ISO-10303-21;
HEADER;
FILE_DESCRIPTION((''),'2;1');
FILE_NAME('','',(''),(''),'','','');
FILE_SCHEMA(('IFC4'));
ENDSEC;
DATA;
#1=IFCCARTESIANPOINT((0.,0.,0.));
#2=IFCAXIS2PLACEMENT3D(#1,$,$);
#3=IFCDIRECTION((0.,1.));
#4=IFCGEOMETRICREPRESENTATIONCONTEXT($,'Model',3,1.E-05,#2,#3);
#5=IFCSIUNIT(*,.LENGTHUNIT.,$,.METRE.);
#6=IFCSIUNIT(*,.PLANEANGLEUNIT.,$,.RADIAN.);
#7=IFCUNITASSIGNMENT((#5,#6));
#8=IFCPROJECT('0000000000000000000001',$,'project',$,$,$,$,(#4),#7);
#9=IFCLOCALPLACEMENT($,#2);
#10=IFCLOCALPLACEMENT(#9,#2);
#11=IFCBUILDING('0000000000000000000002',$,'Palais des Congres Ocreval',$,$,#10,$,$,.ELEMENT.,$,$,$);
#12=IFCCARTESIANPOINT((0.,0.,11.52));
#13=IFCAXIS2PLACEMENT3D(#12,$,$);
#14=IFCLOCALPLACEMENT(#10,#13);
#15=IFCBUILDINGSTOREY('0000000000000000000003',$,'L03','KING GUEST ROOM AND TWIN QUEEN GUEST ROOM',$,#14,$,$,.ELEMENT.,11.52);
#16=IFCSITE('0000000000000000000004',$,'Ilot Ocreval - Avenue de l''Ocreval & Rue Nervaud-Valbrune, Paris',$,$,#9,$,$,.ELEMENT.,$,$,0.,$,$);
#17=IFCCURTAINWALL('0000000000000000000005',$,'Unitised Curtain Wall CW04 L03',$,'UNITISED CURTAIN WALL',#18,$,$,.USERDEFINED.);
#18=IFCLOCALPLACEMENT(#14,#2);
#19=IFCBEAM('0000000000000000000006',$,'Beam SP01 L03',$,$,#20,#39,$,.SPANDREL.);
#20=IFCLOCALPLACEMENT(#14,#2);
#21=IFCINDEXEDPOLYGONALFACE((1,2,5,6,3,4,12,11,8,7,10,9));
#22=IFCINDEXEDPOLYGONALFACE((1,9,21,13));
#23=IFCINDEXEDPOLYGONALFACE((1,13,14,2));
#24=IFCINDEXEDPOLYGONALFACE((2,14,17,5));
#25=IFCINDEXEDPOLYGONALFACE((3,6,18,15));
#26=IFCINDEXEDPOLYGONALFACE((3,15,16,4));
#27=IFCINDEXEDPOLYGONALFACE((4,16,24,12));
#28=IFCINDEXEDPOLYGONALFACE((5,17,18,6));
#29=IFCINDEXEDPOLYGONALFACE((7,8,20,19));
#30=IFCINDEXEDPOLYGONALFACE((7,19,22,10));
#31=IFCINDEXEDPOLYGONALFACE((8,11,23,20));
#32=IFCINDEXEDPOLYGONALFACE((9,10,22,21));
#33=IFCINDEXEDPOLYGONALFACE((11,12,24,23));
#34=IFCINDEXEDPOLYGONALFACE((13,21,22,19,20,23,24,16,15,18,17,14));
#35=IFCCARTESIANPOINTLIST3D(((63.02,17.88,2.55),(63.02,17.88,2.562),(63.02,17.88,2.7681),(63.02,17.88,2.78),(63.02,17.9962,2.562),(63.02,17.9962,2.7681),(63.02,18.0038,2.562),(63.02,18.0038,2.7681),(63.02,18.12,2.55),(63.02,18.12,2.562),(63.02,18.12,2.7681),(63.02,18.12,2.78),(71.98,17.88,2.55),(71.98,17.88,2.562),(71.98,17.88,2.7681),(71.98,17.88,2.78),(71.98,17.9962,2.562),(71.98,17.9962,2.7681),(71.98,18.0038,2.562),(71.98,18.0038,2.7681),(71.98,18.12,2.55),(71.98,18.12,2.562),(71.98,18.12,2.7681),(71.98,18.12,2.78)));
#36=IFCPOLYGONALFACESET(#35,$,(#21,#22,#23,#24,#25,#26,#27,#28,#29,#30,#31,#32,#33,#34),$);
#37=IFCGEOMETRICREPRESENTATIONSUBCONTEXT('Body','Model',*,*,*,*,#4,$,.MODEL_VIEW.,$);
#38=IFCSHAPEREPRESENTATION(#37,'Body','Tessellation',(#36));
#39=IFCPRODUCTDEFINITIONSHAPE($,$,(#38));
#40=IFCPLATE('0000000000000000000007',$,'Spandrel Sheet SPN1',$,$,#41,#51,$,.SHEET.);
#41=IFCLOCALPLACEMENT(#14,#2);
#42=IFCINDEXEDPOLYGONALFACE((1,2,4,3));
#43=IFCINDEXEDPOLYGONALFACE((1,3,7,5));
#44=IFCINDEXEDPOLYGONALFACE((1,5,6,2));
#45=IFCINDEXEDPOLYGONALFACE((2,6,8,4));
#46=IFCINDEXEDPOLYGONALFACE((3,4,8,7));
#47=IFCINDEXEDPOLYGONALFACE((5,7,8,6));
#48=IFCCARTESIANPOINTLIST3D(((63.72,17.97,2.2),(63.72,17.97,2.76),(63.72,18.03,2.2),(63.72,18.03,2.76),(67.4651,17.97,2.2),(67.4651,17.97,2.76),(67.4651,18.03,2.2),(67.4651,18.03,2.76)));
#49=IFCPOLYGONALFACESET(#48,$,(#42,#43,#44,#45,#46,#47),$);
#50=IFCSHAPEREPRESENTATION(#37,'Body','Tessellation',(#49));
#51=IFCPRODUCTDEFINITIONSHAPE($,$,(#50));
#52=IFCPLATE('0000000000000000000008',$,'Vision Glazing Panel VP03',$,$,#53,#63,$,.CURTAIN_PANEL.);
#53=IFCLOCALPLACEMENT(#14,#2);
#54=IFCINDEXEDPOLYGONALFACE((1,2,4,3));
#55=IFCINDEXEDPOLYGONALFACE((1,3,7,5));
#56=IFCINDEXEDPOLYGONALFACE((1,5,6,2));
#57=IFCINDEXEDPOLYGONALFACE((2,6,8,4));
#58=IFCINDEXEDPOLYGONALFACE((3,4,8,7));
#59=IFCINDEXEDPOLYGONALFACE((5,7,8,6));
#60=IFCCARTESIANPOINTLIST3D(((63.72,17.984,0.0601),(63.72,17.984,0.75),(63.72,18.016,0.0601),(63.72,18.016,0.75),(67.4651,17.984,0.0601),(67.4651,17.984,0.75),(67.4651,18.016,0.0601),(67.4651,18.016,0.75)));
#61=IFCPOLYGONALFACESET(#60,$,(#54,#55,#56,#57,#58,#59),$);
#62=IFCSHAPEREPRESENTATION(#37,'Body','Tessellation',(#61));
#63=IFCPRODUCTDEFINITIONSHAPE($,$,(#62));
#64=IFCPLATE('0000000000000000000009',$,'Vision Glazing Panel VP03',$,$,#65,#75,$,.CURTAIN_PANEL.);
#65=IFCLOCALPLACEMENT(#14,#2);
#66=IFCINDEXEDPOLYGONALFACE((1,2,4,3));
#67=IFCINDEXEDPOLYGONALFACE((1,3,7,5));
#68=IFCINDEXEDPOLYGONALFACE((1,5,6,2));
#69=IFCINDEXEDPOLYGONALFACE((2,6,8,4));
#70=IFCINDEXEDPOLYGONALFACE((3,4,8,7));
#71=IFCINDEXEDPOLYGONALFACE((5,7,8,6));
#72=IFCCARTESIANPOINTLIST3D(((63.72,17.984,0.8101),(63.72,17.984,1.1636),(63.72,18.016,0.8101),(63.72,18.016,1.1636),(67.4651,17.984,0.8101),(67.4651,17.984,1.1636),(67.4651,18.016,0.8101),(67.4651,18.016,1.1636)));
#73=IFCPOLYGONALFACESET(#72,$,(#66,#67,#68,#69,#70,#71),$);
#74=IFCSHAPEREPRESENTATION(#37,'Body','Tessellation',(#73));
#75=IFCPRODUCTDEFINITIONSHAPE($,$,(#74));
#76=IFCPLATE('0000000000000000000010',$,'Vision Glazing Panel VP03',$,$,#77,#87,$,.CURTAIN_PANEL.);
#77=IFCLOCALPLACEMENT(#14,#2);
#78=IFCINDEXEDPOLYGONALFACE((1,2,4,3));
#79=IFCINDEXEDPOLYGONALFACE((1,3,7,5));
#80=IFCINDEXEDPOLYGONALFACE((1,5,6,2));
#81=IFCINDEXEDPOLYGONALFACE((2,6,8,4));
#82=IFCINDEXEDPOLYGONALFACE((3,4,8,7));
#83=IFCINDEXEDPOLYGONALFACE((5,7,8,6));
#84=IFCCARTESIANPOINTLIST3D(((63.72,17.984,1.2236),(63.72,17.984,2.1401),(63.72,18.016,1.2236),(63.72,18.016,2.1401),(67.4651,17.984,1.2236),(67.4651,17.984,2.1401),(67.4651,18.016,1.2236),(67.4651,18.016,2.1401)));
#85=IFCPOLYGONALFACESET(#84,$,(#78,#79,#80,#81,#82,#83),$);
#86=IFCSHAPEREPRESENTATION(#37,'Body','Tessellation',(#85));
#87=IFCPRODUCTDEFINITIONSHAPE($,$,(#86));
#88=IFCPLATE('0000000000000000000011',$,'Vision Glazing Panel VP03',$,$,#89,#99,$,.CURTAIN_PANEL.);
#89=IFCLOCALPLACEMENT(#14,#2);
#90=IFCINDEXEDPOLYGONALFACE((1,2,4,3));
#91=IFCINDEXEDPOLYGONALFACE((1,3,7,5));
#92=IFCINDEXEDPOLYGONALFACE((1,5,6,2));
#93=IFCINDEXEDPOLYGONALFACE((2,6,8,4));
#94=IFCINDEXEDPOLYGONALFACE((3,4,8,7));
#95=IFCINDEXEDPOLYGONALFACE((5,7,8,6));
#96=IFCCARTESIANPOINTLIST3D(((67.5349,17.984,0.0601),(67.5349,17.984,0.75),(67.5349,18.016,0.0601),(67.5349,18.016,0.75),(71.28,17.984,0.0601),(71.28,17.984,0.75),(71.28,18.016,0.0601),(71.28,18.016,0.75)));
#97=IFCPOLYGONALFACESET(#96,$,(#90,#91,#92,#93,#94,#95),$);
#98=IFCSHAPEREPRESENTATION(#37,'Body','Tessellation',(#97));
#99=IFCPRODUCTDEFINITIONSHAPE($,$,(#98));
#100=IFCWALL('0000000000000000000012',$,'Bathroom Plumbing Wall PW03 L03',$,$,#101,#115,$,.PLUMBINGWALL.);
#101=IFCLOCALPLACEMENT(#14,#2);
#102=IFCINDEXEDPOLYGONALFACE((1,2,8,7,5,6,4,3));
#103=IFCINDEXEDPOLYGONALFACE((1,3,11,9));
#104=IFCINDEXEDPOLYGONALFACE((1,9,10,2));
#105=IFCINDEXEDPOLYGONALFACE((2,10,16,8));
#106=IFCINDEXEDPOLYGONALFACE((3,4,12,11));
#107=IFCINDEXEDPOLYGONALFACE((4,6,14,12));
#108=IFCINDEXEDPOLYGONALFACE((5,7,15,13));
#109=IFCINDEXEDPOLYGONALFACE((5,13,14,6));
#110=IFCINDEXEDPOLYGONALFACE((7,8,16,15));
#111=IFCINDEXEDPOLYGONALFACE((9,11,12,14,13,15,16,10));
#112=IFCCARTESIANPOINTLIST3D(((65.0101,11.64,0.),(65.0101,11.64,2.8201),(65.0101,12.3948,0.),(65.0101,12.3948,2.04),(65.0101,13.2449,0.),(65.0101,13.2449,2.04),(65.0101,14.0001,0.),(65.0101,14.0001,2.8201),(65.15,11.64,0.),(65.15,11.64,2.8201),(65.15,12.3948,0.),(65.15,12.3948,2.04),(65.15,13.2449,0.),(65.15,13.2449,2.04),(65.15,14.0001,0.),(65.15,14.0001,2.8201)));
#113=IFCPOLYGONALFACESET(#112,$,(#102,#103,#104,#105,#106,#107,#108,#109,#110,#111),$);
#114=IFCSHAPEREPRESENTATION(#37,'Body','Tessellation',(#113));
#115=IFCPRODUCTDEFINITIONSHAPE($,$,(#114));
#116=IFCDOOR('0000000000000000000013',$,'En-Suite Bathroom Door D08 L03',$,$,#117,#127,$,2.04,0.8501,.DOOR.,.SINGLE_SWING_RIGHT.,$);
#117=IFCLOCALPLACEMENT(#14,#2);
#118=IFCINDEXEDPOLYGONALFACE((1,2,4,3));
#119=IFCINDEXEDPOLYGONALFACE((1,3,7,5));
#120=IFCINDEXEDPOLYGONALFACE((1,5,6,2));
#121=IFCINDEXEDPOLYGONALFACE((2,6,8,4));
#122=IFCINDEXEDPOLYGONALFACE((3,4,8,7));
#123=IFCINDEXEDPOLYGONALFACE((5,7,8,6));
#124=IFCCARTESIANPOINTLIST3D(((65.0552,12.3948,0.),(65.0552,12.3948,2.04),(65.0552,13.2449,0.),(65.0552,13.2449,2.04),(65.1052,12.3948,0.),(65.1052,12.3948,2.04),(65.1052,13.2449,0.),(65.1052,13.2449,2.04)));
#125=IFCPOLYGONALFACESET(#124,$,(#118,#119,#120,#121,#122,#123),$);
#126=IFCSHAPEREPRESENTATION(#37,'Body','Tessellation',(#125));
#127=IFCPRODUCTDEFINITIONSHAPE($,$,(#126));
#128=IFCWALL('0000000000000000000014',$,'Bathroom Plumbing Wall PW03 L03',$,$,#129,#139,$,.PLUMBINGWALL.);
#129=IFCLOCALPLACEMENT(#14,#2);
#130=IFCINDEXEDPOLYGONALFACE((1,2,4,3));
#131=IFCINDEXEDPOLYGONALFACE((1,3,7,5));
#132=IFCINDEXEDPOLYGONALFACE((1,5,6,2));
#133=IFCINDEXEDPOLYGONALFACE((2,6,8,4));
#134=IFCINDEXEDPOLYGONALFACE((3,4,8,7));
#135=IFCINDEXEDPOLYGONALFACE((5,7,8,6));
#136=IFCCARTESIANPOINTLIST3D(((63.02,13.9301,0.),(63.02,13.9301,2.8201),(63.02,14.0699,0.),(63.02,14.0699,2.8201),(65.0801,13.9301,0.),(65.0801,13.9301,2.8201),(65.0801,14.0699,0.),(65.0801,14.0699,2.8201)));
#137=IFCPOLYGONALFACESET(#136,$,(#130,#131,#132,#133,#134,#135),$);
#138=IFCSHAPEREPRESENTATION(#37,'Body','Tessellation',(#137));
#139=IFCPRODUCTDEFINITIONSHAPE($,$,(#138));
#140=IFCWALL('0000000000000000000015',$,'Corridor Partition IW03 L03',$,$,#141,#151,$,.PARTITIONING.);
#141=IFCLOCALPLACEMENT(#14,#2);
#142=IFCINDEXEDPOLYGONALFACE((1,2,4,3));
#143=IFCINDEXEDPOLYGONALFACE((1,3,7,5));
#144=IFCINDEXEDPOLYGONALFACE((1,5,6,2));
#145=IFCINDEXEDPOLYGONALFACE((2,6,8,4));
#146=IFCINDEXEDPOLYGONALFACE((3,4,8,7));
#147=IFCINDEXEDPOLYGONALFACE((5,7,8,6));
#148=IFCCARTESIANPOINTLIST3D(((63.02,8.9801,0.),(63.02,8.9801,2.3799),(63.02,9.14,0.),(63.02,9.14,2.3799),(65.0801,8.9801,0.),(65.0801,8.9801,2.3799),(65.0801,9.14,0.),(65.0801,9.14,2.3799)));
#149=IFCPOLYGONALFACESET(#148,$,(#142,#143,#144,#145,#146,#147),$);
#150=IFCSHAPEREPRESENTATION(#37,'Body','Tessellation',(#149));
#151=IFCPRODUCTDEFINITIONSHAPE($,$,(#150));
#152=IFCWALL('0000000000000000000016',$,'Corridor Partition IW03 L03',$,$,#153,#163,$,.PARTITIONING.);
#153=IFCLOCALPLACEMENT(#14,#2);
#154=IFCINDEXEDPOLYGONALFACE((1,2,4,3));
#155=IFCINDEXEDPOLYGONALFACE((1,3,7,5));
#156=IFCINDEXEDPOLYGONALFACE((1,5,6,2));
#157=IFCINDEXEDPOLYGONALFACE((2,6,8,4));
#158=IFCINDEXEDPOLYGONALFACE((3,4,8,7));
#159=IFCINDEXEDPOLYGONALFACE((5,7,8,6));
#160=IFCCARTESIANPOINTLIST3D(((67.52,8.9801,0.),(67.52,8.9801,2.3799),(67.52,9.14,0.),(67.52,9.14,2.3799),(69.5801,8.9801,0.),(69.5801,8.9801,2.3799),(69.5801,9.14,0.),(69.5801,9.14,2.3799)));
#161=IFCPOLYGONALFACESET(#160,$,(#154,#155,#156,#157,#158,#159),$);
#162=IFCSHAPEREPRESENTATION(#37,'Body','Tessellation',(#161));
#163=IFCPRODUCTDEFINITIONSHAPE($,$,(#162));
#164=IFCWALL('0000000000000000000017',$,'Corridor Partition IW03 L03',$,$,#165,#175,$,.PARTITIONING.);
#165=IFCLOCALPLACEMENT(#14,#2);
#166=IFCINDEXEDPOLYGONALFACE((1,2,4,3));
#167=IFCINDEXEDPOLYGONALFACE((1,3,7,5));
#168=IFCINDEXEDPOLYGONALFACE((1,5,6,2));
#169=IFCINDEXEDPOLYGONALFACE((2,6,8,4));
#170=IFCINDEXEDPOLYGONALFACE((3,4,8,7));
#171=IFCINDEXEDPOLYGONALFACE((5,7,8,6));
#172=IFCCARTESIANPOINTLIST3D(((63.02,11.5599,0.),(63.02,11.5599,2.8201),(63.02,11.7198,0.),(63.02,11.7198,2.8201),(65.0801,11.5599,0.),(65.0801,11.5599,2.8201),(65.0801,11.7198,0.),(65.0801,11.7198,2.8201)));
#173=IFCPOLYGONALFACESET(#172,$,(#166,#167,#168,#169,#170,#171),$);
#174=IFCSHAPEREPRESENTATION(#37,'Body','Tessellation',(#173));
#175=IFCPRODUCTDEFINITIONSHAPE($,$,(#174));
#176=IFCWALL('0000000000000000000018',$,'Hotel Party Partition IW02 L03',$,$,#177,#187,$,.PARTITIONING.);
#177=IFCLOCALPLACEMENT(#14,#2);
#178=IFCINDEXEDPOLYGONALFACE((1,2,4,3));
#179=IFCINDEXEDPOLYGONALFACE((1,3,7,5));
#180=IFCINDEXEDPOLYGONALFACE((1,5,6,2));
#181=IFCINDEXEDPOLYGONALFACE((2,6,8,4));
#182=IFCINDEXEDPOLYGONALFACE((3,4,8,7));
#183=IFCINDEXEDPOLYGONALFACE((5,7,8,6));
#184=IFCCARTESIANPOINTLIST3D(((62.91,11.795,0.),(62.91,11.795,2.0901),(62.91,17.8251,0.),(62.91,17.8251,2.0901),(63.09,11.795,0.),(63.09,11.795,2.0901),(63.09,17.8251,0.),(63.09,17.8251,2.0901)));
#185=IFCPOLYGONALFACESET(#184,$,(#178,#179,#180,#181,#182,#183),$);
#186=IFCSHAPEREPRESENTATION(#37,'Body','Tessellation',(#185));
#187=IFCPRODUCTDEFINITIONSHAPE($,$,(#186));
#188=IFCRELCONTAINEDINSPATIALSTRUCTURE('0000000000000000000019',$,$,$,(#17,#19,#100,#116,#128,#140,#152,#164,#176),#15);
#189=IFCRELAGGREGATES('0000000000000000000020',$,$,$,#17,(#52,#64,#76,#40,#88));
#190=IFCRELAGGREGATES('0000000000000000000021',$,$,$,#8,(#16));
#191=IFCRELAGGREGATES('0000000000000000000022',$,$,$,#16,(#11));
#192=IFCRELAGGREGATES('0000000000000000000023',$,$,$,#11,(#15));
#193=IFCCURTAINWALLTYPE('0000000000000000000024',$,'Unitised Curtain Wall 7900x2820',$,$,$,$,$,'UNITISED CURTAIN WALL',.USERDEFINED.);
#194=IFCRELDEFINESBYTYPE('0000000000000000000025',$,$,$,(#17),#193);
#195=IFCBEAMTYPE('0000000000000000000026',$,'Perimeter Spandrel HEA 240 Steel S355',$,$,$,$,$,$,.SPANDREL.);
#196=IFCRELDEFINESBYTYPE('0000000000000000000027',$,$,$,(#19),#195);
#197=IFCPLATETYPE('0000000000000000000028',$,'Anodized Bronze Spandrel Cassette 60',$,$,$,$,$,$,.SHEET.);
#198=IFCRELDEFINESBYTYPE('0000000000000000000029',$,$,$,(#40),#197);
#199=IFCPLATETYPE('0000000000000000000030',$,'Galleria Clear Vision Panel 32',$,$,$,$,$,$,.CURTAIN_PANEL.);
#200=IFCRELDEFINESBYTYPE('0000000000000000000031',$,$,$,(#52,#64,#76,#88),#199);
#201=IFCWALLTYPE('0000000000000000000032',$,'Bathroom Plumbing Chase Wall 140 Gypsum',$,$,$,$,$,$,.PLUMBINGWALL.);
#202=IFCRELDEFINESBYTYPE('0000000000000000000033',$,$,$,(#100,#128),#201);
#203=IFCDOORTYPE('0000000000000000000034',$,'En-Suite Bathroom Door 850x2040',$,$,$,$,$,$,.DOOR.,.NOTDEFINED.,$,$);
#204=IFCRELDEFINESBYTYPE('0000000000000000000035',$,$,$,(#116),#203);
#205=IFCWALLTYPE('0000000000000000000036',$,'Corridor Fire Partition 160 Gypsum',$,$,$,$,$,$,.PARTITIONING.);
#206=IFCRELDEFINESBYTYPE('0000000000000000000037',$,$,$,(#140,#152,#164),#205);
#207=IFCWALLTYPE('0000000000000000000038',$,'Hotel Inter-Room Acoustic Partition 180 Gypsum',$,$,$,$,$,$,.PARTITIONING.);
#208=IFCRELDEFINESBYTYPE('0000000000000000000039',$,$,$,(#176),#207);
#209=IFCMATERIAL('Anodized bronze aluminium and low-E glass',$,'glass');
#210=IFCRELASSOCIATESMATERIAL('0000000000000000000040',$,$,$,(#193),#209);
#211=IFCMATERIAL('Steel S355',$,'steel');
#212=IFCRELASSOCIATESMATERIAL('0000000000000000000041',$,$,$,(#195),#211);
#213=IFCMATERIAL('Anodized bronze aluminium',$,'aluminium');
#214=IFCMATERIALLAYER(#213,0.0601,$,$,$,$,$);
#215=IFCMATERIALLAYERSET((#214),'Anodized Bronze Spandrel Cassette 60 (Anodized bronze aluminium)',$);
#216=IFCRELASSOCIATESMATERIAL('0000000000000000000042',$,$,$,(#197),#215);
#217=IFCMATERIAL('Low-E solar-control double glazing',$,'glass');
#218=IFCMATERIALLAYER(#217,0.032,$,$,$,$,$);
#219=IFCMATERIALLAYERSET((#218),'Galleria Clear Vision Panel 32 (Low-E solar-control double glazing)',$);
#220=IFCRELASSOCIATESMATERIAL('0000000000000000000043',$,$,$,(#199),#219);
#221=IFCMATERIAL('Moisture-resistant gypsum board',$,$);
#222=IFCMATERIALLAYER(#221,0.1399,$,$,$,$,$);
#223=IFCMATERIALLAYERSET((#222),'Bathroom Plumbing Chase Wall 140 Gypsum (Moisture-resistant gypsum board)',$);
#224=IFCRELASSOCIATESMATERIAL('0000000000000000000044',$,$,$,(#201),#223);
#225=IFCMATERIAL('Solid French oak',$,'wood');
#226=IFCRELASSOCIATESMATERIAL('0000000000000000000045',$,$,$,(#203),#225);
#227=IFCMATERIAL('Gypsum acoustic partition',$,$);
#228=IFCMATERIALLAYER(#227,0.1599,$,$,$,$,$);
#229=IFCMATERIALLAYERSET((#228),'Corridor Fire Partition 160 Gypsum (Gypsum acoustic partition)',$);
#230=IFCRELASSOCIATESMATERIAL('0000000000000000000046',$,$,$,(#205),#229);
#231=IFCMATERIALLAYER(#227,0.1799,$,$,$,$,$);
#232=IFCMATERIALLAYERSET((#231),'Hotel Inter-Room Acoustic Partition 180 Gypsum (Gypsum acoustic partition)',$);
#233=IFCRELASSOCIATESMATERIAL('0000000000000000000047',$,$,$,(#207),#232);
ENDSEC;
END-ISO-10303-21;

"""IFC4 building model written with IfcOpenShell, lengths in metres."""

from ifc_helpers import new_model, si_unit, direction, frame, frame_2d, origin, origin_2d, place, context, subcontext, project, spatial, rectangle, i_section, extrude, material, layer, layer_set, material_profile, profile_set, type_object, element, fill, aggregate, save


model = new_model("IFC4")

# Units and contexts
model_context = context("Model", 3, precision=1e-05, world=origin(), true_north=direction((0.0, 1.0)))
body_context = subcontext(model_context, "Body", "Model", "MODEL_VIEW")
ifc_project = project(units=[si_unit("LENGTHUNIT", "METRE"), si_unit("PLANEANGLEUNIT", "RADIAN")], contexts=[model_context])

# Site, building, storey
site_placement = place(None, origin())
site = spatial("IfcSite", under=ifc_project, at=site_placement, Name="Ilot Ocreval - Avenue de l'Ocreval & Rue Nervaud-Valbrune, Paris", CompositionType="ELEMENT", RefElevation=0.0)
building_placement = place(site_placement, origin())
building = spatial("IfcBuilding", under=site, at=building_placement, Name="Palais des Congres Ocreval", CompositionType="ELEMENT")
storey_placement = place(building_placement, frame((0.0, 0.0, 11.52)))
storey = spatial("IfcBuildingStorey", under=building, at=storey_placement, Name="L03", Description="KING GUEST ROOM AND TWIN QUEEN GUEST ROOM", CompositionType="ELEMENT", Elevation=11.52)

# Curtain wall
ifc_material_1 = material(Name="Anodized bronze aluminium and low-E glass", Category="glass")
curtain_wall_type = type_object("IfcCurtainWallType", Name="Unitised Curtain Wall 7900x2820", ElementType="UNITISED CURTAIN WALL", PredefinedType="USERDEFINED", material=ifc_material_1)
curtain_wall_placement = place(storey_placement, origin())
curtain_wall = element("IfcCurtainWall", 1, at=curtain_wall_placement, inside=storey, type_object=curtain_wall_type, Name="Unitised Curtain Wall CW04 L03", ObjectType="UNITISED CURTAIN WALL", PredefinedType="USERDEFINED")
ifc_material_2 = material(Name="Anodized bronze aluminium", Category="aluminium")

# Beam
ifc_material_3 = material(Name="Steel S355", Category="steel")
ifc_material_profile_1 = material_profile(ifc_material_3, i_section(OverallWidth=0.24, OverallDepth=0.23, WebThickness=0.0076, FlangeThickness=0.012, at=origin_2d()), Name="HEA 240")
ifc_profile_set_1 = profile_set([ifc_material_profile_1], Name="Steel S355")
beam_type = type_object("IfcBeamType", Name="Perimeter Spandrel HEA 240 Steel S355", PredefinedType="SPANDREL", material=ifc_profile_set_1)
beam_placement = place(storey_placement, frame((63.02, 18.0, 2.665), z_axis=(1.0, 0.0, 0.0), x_axis=(0.0, 1.0, 0.0)))
element("IfcBeam", 2, at=beam_placement, inside=storey, type_object=beam_type, Name="Beam SP01 L03", PredefinedType="SPANDREL", context=body_context, shape_type="SweptSolid", body=[
    extrude(i_section(OverallWidth=0.24, OverallDepth=0.23, WebThickness=0.0076, FlangeThickness=0.012, at=origin_2d()), origin(), (0.0, 0.0, 1.0), 8.96),
])

# Plates
ifc_layer_1 = layer(ifc_material_2, 0.0601)
ifc_layer_set_1 = layer_set([ifc_layer_1], Name="Anodized Bronze Spandrel Cassette 60 (Anodized bronze aluminium)")
plate_type_1 = type_object("IfcPlateType", Name="Anodized Bronze Spandrel Cassette 60", PredefinedType="SHEET", material=ifc_layer_set_1)
plate_1_placement = place(storey_placement, frame((65.5925, 18.0, 2.2), z_axis=(0.0, 0.0, 1.0), x_axis=(1.0, 0.0, 0.0)))
plate_1 = element("IfcPlate", 3, at=plate_1_placement, type_object=plate_type_1, Name="Spandrel Sheet SPN1", PredefinedType="SHEET", context=body_context, shape_type="SweptSolid", body=[
    extrude(rectangle(XDim=3.7451, YDim=0.0601, at=origin_2d()), origin(), (0.0, 0.0, 1.0), 0.5601),
])
ifc_material_4 = material(Name="Low-E solar-control double glazing", Category="glass")
ifc_layer_2 = layer(ifc_material_4, 0.032)
ifc_layer_set_2 = layer_set([ifc_layer_2], Name="Galleria Clear Vision Panel 32 (Low-E solar-control double glazing)")
plate_type_2 = type_object("IfcPlateType", Name="Galleria Clear Vision Panel 32", PredefinedType="CURTAIN_PANEL", material=ifc_layer_set_2)
plate_2_placement = place(storey_placement, frame((65.5925, 18.0, 0.0601), z_axis=(0.0, 0.0, 1.0), x_axis=(1.0, 0.0, 0.0)))
plate_2 = element("IfcPlate", 4, at=plate_2_placement, type_object=plate_type_2, Name="Vision Glazing Panel VP03", PredefinedType="CURTAIN_PANEL", context=body_context, shape_type="SweptSolid", body=[
    extrude(rectangle(XDim=3.7451, YDim=0.032, at=origin_2d()), origin(), (0.0, 0.0, 1.0), 0.6899),
])
plate_3_placement = place(storey_placement, frame((65.5925, 18.0, 0.8101), z_axis=(0.0, 0.0, 1.0), x_axis=(1.0, 0.0, 0.0)))
plate_3 = element("IfcPlate", 5, at=plate_3_placement, type_object=plate_type_2, Name="Vision Glazing Panel VP03", PredefinedType="CURTAIN_PANEL", context=body_context, shape_type="SweptSolid", body=[
    extrude(rectangle(XDim=3.7451, YDim=0.032, at=origin_2d()), origin(), (0.0, 0.0, 1.0), 0.3535),
])
plate_4_placement = place(storey_placement, frame((65.5925, 18.0, 1.2236), z_axis=(0.0, 0.0, 1.0), x_axis=(1.0, 0.0, 0.0)))
plate_4 = element("IfcPlate", 6, at=plate_4_placement, type_object=plate_type_2, Name="Vision Glazing Panel VP03", PredefinedType="CURTAIN_PANEL", context=body_context, shape_type="SweptSolid", body=[
    extrude(rectangle(XDim=3.7451, YDim=0.032, at=origin_2d()), origin(), (0.0, 0.0, 1.0), 0.9165),
])
plate_5_placement = place(storey_placement, frame((69.4075, 18.0, 0.0601), z_axis=(0.0, 0.0, 1.0), x_axis=(1.0, 0.0, 0.0)))
plate_5 = element("IfcPlate", 7, at=plate_5_placement, type_object=plate_type_2, Name="Vision Glazing Panel VP03", PredefinedType="CURTAIN_PANEL", context=body_context, shape_type="SweptSolid", body=[
    extrude(rectangle(XDim=3.7451, YDim=0.032, at=origin_2d()), origin(), (0.0, 0.0, 1.0), 0.6899),
])
aggregate(curtain_wall, [plate_2, plate_3, plate_4, plate_1, plate_5])

# Wall, opening, door
ifc_material_5 = material(Name="Moisture-resistant gypsum board")
ifc_layer_3 = layer(ifc_material_5, 0.1399)
ifc_layer_set_3 = layer_set([ifc_layer_3], Name="Bathroom Plumbing Chase Wall 140 Gypsum (Moisture-resistant gypsum board)")
wall_type_1 = type_object("IfcWallType", Name="Bathroom Plumbing Chase Wall 140 Gypsum", PredefinedType="PLUMBINGWALL", material=ifc_layer_set_3)
wall_1_placement = place(storey_placement, frame((65.0801, 11.6399, 0.0), z_axis=(0.0, 0.0, 1.0), x_axis=(0.0, 1.0, 0.0)))
wall_1 = element("IfcWall", 8, at=wall_1_placement, inside=storey, type_object=wall_type_1, Name="Bathroom Plumbing Wall PW03 L03", PredefinedType="PLUMBINGWALL", context=body_context, shape_type="SweptSolid", body=[
    extrude(rectangle(XDim=2.3601, YDim=0.1399, at=frame_2d((1.1802, 0.0))), origin(), (0.0, 0.0, 1.0), 2.8201),
])
opening_1_placement = place(wall_1_placement, frame((0.7549, 0.0, 0.0)))
opening_1 = element("IfcOpeningElement", 9, at=opening_1_placement, cuts=wall_1, PredefinedType="OPENING", context=body_context, shape_type="SweptSolid", body=[
    extrude(rectangle(XDim=0.8501, YDim=2.04, at=frame_2d((0.425, 1.02))), frame((0.0, 0.0798, 0.0), z_axis=(0.0, -1.0, 0.0), x_axis=(1.0, 0.0, 0.0)), (0.0, 0.0, 1.0), 0.1599),
])
ifc_material_6 = material(Name="Solid French oak", Category="wood")
door_type_1 = type_object("IfcDoorType", Name="En-Suite Bathroom Door 850x2040", OperationType="NOTDEFINED", PredefinedType="DOOR", material=ifc_material_6)
door_1_placement = place(opening_1_placement, origin())
door_1 = element("IfcDoor", 10, at=door_1_placement, inside=storey, type_object=door_type_1, Name="En-Suite Bathroom Door D08 L03", OperationType="SINGLE_SWING_RIGHT", OverallHeight=2.04, OverallWidth=0.8501, PredefinedType="DOOR", context=body_context, shape_type="SweptSolid", body=[
    extrude(rectangle(XDim=0.8501, YDim=2.04, at=frame_2d((0.425, 1.02))), frame((0.0, 0.0249, 0.0), z_axis=(0.0, -1.0, 0.0), x_axis=(1.0, 0.0, 0.0)), (0.0, 0.0, 1.0), 0.05),
])
fill(opening_1, door_1)

# Walls
wall_2_placement = place(storey_placement, frame((63.02, 14.0, 0.0), z_axis=(0.0, 0.0, 1.0), x_axis=(1.0, 0.0, 0.0)))
element("IfcWall", 11, at=wall_2_placement, inside=storey, type_object=wall_type_1, Name="Bathroom Plumbing Wall PW03 L03", PredefinedType="PLUMBINGWALL", context=body_context, shape_type="SweptSolid", body=[
    extrude(rectangle(XDim=2.0601, YDim=0.1399, at=frame_2d((1.03, 0.0))), origin(), (0.0, 0.0, 1.0), 2.8201),
])
ifc_material_7 = material(Name="Gypsum acoustic partition")
ifc_layer_4 = layer(ifc_material_7, 0.1599)
ifc_layer_set_4 = layer_set([ifc_layer_4], Name="Corridor Fire Partition 160 Gypsum (Gypsum acoustic partition)")
wall_type_2 = type_object("IfcWallType", Name="Corridor Fire Partition 160 Gypsum", PredefinedType="PARTITIONING", material=ifc_layer_set_4)
for number, where, z_axis, x_axis, name in (
    (12, (63.02, 9.0601, 0.0), (0.0, 0.0, 1.0), (1.0, 0.0, 0.0), "Corridor Partition IW03 L03"),
    (13, (67.52, 9.0601, 0.0), (0.0, 0.0, 1.0), (1.0, 0.0, 0.0), "Corridor Partition IW03 L03"),
):
    element("IfcWall", number, at=place(storey_placement, frame(where, z_axis=z_axis, x_axis=x_axis)), inside=storey, type_object=wall_type_2, Name=name, PredefinedType="PARTITIONING", context=body_context, shape_type="SweptSolid", body=[
        extrude(rectangle(XDim=2.0601, YDim=0.1599, at=frame_2d((1.03, 0.0))), origin(), (0.0, 0.0, 1.0), 2.3799),
    ])
wall_3_placement = place(storey_placement, frame((63.02, 11.6399, 0.0), z_axis=(0.0, 0.0, 1.0), x_axis=(1.0, 0.0, 0.0)))
element("IfcWall", 14, at=wall_3_placement, inside=storey, type_object=wall_type_2, Name="Corridor Partition IW03 L03", PredefinedType="PARTITIONING", context=body_context, shape_type="SweptSolid", body=[
    extrude(rectangle(XDim=2.0601, YDim=0.1599, at=frame_2d((1.03, 0.0))), origin(), (0.0, 0.0, 1.0), 2.8201),
])

# Wall
ifc_layer_5 = layer(ifc_material_7, 0.1799)
ifc_layer_set_5 = layer_set([ifc_layer_5], Name="Hotel Inter-Room Acoustic Partition 180 Gypsum (Gypsum acoustic partition)")
wall_type_3 = type_object("IfcWallType", Name="Hotel Inter-Room Acoustic Partition 180 Gypsum", PredefinedType="PARTITIONING", material=ifc_layer_set_5)
wall_4_placement = place(storey_placement, frame((63.0, 11.7949, 0.0), z_axis=(0.0, 0.0, 1.0), x_axis=(0.0, 1.0, 0.0)))
element("IfcWall", 15, at=wall_4_placement, inside=storey, type_object=wall_type_3, Name="Hotel Party Partition IW02 L03", PredefinedType="PARTITIONING", context=body_context, shape_type="SweptSolid", body=[
    extrude(rectangle(XDim=6.03, YDim=0.1799, at=frame_2d((3.0151, 0.0))), origin(), (0.0, 0.0, 1.0), 2.0901),
])

save(model, "model.ifc")
